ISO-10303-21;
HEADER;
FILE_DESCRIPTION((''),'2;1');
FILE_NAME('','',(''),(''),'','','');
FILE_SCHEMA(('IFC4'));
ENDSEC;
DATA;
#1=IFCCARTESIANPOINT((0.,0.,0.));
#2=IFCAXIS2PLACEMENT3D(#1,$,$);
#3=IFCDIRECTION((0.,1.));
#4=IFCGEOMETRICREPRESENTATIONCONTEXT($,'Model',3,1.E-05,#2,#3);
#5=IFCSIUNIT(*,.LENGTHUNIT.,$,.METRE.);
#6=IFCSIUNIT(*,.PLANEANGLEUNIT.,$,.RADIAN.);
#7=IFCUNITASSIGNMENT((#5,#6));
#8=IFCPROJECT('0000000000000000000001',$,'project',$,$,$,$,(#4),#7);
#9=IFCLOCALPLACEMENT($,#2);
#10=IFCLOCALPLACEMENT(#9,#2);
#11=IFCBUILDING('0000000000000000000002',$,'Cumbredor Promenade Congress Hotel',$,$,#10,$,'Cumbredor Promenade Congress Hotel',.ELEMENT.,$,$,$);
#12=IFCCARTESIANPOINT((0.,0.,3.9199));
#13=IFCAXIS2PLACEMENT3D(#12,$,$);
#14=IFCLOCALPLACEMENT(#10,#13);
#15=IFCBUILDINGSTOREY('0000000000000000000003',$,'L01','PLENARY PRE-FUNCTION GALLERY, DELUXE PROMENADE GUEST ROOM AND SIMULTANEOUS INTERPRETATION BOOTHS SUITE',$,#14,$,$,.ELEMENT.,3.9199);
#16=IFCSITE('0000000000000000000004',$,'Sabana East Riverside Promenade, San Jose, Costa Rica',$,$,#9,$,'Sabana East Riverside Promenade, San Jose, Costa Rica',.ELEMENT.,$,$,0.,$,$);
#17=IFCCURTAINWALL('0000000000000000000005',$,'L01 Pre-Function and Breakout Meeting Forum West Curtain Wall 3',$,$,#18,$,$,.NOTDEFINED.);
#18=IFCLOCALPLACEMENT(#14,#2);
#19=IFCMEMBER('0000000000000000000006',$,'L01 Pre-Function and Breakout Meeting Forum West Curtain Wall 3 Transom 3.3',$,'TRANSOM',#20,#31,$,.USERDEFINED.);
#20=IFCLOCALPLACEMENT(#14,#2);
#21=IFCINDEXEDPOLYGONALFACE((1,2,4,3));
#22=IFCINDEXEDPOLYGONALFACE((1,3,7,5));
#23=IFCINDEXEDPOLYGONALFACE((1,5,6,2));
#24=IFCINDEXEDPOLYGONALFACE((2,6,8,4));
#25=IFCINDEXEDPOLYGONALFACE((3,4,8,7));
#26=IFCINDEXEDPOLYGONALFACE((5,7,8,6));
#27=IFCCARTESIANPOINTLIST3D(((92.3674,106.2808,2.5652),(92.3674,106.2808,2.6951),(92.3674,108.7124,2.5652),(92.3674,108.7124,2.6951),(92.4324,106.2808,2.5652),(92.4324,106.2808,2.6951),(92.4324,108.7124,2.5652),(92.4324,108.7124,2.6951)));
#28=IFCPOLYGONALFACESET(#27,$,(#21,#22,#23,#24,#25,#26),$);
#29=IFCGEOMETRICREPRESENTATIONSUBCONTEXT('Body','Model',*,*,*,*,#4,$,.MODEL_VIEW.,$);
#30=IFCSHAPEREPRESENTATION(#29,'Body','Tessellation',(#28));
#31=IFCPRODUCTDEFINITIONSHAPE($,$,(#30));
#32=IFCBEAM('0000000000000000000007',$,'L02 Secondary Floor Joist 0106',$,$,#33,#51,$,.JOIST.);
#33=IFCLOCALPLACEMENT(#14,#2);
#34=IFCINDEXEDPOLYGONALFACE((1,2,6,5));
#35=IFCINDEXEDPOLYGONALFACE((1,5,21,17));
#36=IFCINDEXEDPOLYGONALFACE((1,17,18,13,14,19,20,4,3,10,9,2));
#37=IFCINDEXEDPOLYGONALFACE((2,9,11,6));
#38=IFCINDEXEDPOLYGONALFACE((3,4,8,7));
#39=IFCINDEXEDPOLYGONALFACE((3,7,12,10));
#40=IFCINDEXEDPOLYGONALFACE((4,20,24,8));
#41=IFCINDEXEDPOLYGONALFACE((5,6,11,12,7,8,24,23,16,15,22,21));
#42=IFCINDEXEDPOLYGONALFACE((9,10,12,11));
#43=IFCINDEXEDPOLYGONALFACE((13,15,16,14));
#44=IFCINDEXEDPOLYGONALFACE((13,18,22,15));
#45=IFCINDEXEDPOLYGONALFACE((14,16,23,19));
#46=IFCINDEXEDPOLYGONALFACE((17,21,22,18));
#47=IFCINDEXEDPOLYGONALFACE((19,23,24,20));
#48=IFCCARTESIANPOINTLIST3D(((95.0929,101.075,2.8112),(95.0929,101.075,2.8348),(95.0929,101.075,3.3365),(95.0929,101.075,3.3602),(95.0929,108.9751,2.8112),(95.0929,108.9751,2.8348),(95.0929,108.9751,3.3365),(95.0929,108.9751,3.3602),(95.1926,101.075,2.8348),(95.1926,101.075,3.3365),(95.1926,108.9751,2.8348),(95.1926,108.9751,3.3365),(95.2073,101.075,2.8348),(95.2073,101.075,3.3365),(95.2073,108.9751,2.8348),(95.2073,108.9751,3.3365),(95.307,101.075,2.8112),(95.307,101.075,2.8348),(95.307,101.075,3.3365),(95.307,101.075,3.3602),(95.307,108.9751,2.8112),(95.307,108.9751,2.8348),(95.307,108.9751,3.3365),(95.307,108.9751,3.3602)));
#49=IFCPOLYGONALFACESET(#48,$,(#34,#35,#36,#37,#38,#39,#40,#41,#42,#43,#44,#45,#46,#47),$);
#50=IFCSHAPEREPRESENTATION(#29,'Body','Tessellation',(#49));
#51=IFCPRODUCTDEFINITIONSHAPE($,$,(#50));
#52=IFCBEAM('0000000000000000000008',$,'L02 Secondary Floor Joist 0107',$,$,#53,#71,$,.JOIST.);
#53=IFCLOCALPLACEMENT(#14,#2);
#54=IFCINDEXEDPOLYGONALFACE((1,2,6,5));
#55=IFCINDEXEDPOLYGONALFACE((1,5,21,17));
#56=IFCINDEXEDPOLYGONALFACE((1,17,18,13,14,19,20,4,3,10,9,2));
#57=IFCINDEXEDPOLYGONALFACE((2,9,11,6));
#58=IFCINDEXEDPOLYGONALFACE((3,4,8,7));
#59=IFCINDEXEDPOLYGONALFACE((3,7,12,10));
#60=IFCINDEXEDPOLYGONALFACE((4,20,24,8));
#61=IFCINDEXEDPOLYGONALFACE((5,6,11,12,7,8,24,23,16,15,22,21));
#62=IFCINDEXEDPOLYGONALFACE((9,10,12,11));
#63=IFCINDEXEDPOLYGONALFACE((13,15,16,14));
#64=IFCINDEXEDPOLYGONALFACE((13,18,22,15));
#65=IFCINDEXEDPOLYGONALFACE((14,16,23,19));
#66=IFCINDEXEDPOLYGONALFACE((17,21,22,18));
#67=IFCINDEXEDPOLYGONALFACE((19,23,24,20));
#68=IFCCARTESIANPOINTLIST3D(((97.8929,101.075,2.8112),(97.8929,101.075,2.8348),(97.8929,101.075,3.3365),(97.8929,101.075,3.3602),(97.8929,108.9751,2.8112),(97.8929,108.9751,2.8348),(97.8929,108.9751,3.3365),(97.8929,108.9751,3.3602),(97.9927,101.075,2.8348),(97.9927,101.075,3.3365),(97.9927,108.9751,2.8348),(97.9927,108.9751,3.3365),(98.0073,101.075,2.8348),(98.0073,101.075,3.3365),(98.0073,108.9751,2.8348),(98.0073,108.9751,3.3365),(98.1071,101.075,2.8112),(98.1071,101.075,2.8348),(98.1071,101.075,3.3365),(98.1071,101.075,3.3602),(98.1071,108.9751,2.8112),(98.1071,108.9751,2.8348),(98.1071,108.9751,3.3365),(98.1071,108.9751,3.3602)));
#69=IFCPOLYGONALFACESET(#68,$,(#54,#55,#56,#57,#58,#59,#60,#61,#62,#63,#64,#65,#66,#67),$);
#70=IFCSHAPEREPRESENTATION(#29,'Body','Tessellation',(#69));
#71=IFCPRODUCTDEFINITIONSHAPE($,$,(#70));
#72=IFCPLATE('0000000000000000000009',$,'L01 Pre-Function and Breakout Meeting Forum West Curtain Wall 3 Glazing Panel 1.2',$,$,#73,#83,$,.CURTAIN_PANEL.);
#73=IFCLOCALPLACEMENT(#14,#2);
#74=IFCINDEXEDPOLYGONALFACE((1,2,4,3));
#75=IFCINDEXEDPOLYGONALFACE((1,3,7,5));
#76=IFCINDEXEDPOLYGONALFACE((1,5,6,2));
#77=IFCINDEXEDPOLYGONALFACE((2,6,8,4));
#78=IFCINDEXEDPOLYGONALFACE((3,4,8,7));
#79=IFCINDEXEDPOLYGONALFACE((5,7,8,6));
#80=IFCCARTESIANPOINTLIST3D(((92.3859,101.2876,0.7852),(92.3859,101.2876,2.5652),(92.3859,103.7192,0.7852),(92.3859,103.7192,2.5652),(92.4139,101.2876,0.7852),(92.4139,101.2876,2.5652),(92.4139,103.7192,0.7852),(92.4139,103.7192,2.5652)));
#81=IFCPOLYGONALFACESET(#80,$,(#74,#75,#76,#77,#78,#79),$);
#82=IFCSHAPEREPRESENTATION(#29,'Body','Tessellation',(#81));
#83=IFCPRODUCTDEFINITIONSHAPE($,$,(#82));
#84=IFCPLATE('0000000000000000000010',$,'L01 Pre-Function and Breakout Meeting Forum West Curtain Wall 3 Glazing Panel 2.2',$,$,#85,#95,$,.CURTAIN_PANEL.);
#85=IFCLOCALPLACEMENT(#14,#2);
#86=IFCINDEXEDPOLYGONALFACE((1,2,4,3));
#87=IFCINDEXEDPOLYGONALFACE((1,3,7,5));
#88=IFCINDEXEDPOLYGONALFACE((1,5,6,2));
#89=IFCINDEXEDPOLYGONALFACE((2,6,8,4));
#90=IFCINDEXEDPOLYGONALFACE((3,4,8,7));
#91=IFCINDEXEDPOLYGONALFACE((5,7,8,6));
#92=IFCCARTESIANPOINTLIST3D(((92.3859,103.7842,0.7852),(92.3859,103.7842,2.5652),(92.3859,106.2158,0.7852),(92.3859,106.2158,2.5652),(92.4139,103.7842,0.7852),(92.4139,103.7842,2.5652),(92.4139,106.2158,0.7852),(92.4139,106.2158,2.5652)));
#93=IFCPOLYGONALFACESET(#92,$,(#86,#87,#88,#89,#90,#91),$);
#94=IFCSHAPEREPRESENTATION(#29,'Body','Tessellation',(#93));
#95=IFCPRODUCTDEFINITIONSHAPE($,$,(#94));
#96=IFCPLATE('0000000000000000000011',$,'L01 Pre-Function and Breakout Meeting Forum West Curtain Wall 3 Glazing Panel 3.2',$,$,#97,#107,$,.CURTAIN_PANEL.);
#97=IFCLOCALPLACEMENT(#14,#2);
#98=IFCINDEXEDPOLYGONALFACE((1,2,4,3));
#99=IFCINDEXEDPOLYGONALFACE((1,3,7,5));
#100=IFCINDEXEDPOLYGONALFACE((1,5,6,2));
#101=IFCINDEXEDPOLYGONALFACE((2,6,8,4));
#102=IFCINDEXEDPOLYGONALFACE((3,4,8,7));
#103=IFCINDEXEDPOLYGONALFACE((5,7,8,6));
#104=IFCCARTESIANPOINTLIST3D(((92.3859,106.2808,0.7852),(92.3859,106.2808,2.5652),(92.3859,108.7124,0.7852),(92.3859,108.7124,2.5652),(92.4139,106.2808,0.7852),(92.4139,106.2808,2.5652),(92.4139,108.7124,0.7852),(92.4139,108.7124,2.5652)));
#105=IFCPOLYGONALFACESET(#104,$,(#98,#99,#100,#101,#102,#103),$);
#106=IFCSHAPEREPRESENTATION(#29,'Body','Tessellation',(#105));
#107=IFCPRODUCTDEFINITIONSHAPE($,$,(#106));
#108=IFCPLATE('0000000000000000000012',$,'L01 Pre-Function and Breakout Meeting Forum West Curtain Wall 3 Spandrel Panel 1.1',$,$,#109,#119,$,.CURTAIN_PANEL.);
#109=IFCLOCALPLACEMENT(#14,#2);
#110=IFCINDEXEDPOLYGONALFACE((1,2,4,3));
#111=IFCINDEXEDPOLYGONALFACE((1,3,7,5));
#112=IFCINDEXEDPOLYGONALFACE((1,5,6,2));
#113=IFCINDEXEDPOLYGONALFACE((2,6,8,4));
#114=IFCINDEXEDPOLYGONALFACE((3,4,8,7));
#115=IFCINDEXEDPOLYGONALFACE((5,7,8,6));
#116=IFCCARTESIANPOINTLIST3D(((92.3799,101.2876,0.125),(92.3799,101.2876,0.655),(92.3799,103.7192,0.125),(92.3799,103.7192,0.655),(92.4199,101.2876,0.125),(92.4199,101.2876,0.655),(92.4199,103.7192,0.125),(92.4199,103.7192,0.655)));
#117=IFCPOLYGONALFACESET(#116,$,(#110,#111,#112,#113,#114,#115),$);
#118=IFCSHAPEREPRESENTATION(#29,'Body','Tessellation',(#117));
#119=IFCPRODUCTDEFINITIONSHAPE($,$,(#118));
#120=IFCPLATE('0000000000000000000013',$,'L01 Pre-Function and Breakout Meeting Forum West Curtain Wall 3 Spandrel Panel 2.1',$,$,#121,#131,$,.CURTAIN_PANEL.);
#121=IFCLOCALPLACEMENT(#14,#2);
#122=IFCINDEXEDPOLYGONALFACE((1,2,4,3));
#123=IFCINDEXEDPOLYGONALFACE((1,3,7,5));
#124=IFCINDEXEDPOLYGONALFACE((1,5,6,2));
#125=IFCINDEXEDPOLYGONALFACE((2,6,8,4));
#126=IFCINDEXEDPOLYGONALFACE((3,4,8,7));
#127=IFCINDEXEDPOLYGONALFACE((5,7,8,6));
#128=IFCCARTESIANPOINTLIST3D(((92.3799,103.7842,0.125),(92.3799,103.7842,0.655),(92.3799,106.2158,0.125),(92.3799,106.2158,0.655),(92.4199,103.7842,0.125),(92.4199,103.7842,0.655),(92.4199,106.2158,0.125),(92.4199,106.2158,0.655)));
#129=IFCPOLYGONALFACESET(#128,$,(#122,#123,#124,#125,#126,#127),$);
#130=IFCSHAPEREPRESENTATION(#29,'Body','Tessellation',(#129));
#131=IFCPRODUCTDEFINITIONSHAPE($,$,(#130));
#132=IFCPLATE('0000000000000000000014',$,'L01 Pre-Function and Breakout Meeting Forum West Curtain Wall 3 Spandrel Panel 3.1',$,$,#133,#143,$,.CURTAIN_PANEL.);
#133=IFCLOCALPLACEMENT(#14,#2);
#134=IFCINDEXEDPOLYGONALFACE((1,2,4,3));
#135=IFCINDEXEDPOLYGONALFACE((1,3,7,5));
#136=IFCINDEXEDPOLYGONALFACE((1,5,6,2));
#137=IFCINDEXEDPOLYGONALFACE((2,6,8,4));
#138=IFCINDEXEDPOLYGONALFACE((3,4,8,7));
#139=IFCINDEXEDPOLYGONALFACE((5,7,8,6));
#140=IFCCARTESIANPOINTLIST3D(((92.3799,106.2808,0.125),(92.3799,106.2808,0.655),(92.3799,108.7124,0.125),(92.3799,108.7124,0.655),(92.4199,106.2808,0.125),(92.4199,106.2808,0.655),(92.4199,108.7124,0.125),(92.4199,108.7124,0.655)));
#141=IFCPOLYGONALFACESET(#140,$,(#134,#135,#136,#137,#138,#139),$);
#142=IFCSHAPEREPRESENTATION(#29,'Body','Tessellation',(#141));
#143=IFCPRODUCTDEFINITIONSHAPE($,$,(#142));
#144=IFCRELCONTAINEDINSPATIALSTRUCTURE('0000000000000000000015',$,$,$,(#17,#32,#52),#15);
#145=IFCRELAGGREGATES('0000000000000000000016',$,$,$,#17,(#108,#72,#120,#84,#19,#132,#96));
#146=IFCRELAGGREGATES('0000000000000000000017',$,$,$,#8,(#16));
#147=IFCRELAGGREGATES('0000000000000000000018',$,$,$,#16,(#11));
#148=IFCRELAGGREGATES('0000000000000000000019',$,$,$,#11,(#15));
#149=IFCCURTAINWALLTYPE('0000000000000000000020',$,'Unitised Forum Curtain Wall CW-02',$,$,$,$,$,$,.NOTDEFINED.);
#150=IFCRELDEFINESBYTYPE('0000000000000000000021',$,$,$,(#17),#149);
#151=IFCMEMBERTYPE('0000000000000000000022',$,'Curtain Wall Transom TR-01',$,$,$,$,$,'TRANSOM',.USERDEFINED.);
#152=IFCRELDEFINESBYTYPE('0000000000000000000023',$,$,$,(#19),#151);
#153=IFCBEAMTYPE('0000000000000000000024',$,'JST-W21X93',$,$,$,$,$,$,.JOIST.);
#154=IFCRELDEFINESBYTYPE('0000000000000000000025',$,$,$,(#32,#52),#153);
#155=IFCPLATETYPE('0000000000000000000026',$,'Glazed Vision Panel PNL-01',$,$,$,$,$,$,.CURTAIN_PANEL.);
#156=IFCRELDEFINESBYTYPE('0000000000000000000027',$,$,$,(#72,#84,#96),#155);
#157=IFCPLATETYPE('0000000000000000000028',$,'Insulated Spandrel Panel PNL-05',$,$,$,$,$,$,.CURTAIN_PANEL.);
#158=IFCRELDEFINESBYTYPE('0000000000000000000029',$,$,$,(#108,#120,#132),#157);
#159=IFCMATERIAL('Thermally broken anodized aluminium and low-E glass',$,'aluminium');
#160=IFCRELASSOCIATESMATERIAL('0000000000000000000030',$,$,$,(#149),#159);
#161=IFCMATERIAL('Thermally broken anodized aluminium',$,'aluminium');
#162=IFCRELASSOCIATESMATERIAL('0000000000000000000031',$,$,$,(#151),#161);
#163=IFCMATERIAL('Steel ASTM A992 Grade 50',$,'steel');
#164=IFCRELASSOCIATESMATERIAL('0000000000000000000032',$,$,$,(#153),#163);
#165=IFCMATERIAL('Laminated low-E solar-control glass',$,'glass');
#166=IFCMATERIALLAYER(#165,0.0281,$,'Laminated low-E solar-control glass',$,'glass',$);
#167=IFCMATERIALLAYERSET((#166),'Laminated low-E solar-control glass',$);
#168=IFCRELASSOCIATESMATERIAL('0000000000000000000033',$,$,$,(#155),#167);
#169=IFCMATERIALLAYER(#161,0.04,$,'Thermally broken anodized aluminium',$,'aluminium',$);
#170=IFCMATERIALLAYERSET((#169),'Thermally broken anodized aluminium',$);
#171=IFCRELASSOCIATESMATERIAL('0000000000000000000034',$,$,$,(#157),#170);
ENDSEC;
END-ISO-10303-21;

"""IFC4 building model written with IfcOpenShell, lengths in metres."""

from ifc_helpers import new_model, si_unit, direction, frame, origin, origin_2d, place, context, subcontext, project, spatial, rectangle, i_section, extrude, material, layer, layer_set, material_profile, profile_set, type_object, element, aggregate, save


model = new_model("IFC4")

# Units and contexts
model_context = context("Model", 3, precision=1e-05, world=origin(), true_north=direction((0.0, 1.0)))
body_context = subcontext(model_context, "Body", "Model", "MODEL_VIEW")
ifc_project = project(units=[si_unit("LENGTHUNIT", "METRE"), si_unit("PLANEANGLEUNIT", "RADIAN")], contexts=[model_context])

# Site, building, storey
site_placement = place(None, origin())
site = spatial("IfcSite", under=ifc_project, at=site_placement, Name="Sabana East Riverside Promenade, San Jose, Costa Rica", LongName="Sabana East Riverside Promenade, San Jose, Costa Rica", CompositionType="ELEMENT", RefElevation=0.0)
building_placement = place(site_placement, origin())
building = spatial("IfcBuilding", under=site, at=building_placement, Name="Cumbredor Promenade Congress Hotel", LongName="Cumbredor Promenade Congress Hotel", CompositionType="ELEMENT")
storey_placement = place(building_placement, frame((0.0, 0.0, 3.9199)))
storey = spatial("IfcBuildingStorey", under=building, at=storey_placement, Name="L01", Description="PLENARY PRE-FUNCTION GALLERY, DELUXE PROMENADE GUEST ROOM AND SIMULTANEOUS INTERPRETATION BOOTHS SUITE", CompositionType="ELEMENT", Elevation=3.9199)

# Curtain wall, member
ifc_material_1 = material(Name="Thermally broken anodized aluminium and low-E glass", Category="aluminium")
curtain_wall_type = type_object("IfcCurtainWallType", Name="Unitised Forum Curtain Wall CW-02", PredefinedType="NOTDEFINED", material=ifc_material_1)
curtain_wall_placement = place(storey_placement, origin())
curtain_wall = element("IfcCurtainWall", 1, at=curtain_wall_placement, inside=storey, type_object=curtain_wall_type, Name="L01 Pre-Function and Breakout Meeting Forum West Curtain Wall 3", PredefinedType="NOTDEFINED")
ifc_material_2 = material(Name="Thermally broken anodized aluminium", Category="aluminium")
ifc_material_profile_1 = material_profile(ifc_material_2, rectangle(XDim=0.0649, YDim=0.1299, at=origin_2d()), Name="ALU TRANSOM 65x130")
ifc_profile_set_1 = profile_set([ifc_material_profile_1], Name="Thermally broken anodized aluminium")
member_type_1 = type_object("IfcMemberType", Name="Curtain Wall Transom TR-01", ElementType="TRANSOM", PredefinedType="USERDEFINED", material=ifc_profile_set_1)
member_1_placement = place(storey_placement, frame((92.3999, 106.2808, 2.6301), z_axis=(0.0, 1.0, 0.0), x_axis=(-1.0, 0.0, 0.0)))
member_1 = element("IfcMember", 2, at=member_1_placement, type_object=member_type_1, Name="L01 Pre-Function and Breakout Meeting Forum West Curtain Wall 3 Transom 3.3", ObjectType="TRANSOM", PredefinedType="USERDEFINED", context=body_context, shape_type="SweptSolid", body=[
    extrude(rectangle(XDim=0.0649, YDim=0.1299, at=origin_2d()), origin(), (0.0, 0.0, 1.0), 2.4316),
])

# Beams
ifc_material_3 = material(Name="Steel ASTM A992 Grade 50", Category="steel")
ifc_material_profile_2 = material_profile(ifc_material_3, i_section(OverallWidth=0.2141, OverallDepth=0.5491, WebThickness=0.0146, FlangeThickness=0.0237, at=origin_2d()), Name="W21X93")
ifc_profile_set_2 = profile_set([ifc_material_profile_2], Name="Steel ASTM A992 Grade 50")
beam_type_1 = type_object("IfcBeamType", Name="JST-W21X93", PredefinedType="JOIST", material=ifc_profile_set_2)
for number, where, z_axis, x_axis, name in (
    (3, (95.2, 101.075, 3.0857), (0.0, 1.0, 0.0), (-1.0, 0.0, 0.0), "L02 Secondary Floor Joist 0106"),
    (4, (98.0, 101.075, 3.0857), (0.0, 1.0, 0.0), (-1.0, 0.0, 0.0), "L02 Secondary Floor Joist 0107"),
):
    element("IfcBeam", number, at=place(storey_placement, frame(where, z_axis=z_axis, x_axis=x_axis)), inside=storey, type_object=beam_type_1, Name=name, PredefinedType="JOIST", context=body_context, shape_type="SweptSolid", body=[
        extrude(i_section(OverallWidth=0.2141, OverallDepth=0.5491, WebThickness=0.0146, FlangeThickness=0.0237, at=origin_2d()), origin(), (0.0, 0.0, 1.0), 7.9001),
    ])

# Plates
ifc_material_4 = material(Name="Laminated low-E solar-control glass", Category="glass")
ifc_layer_1 = layer(ifc_material_4, 0.0281, Name="Laminated low-E solar-control glass", Category="glass")
ifc_layer_set_1 = layer_set([ifc_layer_1], Name="Laminated low-E solar-control glass")
plate_type_1 = type_object("IfcPlateType", Name="Glazed Vision Panel PNL-01", PredefinedType="CURTAIN_PANEL", material=ifc_layer_set_1)
plate_1_placement = place(storey_placement, frame((92.3999, 102.5034, 0.7852), z_axis=(0.0, 0.0, 1.0), x_axis=(0.0, 1.0, 0.0)))
plate_1 = element("IfcPlate", 5, at=plate_1_placement, type_object=plate_type_1, Name="L01 Pre-Function and Breakout Meeting Forum West Curtain Wall 3 Glazing Panel 1.2", PredefinedType="CURTAIN_PANEL", context=body_context, shape_type="SweptSolid", body=[
    extrude(rectangle(XDim=2.4316, YDim=0.0281, at=origin_2d()), origin(), (0.0, 0.0, 1.0), 1.78),
])
plate_2_placement = place(storey_placement, frame((92.3999, 105.0, 0.7852), z_axis=(0.0, 0.0, 1.0), x_axis=(0.0, 1.0, 0.0)))
plate_2 = element("IfcPlate", 6, at=plate_2_placement, type_object=plate_type_1, Name="L01 Pre-Function and Breakout Meeting Forum West Curtain Wall 3 Glazing Panel 2.2", PredefinedType="CURTAIN_PANEL", context=body_context, shape_type="SweptSolid", body=[
    extrude(rectangle(XDim=2.4316, YDim=0.0281, at=origin_2d()), origin(), (0.0, 0.0, 1.0), 1.78),
])
plate_3_placement = place(storey_placement, frame((92.3999, 107.4966, 0.7852), z_axis=(0.0, 0.0, 1.0), x_axis=(0.0, 1.0, 0.0)))
plate_3 = element("IfcPlate", 7, at=plate_3_placement, type_object=plate_type_1, Name="L01 Pre-Function and Breakout Meeting Forum West Curtain Wall 3 Glazing Panel 3.2", PredefinedType="CURTAIN_PANEL", context=body_context, shape_type="SweptSolid", body=[
    extrude(rectangle(XDim=2.4316, YDim=0.0281, at=origin_2d()), origin(), (0.0, 0.0, 1.0), 1.78),
])
ifc_layer_2 = layer(ifc_material_2, 0.04, Name="Thermally broken anodized aluminium", Category="aluminium")
ifc_layer_set_2 = layer_set([ifc_layer_2], Name="Thermally broken anodized aluminium")
plate_type_2 = type_object("IfcPlateType", Name="Insulated Spandrel Panel PNL-05", PredefinedType="CURTAIN_PANEL", material=ifc_layer_set_2)
plate_4_placement = place(storey_placement, frame((92.3999, 102.5034, 0.125), z_axis=(0.0, 0.0, 1.0), x_axis=(0.0, 1.0, 0.0)))
plate_4 = element("IfcPlate", 8, at=plate_4_placement, type_object=plate_type_2, Name="L01 Pre-Function and Breakout Meeting Forum West Curtain Wall 3 Spandrel Panel 1.1", PredefinedType="CURTAIN_PANEL", context=body_context, shape_type="SweptSolid", body=[
    extrude(rectangle(XDim=2.4316, YDim=0.04, at=origin_2d()), origin(), (0.0, 0.0, 1.0), 0.53),
])
plate_5_placement = place(storey_placement, frame((92.3999, 105.0, 0.125), z_axis=(0.0, 0.0, 1.0), x_axis=(0.0, 1.0, 0.0)))
plate_5 = element("IfcPlate", 9, at=plate_5_placement, type_object=plate_type_2, Name="L01 Pre-Function and Breakout Meeting Forum West Curtain Wall 3 Spandrel Panel 2.1", PredefinedType="CURTAIN_PANEL", context=body_context, shape_type="SweptSolid", body=[
    extrude(rectangle(XDim=2.4316, YDim=0.04, at=origin_2d()), origin(), (0.0, 0.0, 1.0), 0.53),
])
plate_6_placement = place(storey_placement, frame((92.3999, 107.4966, 0.125), z_axis=(0.0, 0.0, 1.0), x_axis=(0.0, 1.0, 0.0)))
plate_6 = element("IfcPlate", 10, at=plate_6_placement, type_object=plate_type_2, Name="L01 Pre-Function and Breakout Meeting Forum West Curtain Wall 3 Spandrel Panel 3.1", PredefinedType="CURTAIN_PANEL", context=body_context, shape_type="SweptSolid", body=[
    extrude(rectangle(XDim=2.4316, YDim=0.04, at=origin_2d()), origin(), (0.0, 0.0, 1.0), 0.53),
])
aggregate(curtain_wall, [plate_4, plate_1, plate_5, plate_2, member_1, plate_6, plate_3])

save(model, "model.ifc")
